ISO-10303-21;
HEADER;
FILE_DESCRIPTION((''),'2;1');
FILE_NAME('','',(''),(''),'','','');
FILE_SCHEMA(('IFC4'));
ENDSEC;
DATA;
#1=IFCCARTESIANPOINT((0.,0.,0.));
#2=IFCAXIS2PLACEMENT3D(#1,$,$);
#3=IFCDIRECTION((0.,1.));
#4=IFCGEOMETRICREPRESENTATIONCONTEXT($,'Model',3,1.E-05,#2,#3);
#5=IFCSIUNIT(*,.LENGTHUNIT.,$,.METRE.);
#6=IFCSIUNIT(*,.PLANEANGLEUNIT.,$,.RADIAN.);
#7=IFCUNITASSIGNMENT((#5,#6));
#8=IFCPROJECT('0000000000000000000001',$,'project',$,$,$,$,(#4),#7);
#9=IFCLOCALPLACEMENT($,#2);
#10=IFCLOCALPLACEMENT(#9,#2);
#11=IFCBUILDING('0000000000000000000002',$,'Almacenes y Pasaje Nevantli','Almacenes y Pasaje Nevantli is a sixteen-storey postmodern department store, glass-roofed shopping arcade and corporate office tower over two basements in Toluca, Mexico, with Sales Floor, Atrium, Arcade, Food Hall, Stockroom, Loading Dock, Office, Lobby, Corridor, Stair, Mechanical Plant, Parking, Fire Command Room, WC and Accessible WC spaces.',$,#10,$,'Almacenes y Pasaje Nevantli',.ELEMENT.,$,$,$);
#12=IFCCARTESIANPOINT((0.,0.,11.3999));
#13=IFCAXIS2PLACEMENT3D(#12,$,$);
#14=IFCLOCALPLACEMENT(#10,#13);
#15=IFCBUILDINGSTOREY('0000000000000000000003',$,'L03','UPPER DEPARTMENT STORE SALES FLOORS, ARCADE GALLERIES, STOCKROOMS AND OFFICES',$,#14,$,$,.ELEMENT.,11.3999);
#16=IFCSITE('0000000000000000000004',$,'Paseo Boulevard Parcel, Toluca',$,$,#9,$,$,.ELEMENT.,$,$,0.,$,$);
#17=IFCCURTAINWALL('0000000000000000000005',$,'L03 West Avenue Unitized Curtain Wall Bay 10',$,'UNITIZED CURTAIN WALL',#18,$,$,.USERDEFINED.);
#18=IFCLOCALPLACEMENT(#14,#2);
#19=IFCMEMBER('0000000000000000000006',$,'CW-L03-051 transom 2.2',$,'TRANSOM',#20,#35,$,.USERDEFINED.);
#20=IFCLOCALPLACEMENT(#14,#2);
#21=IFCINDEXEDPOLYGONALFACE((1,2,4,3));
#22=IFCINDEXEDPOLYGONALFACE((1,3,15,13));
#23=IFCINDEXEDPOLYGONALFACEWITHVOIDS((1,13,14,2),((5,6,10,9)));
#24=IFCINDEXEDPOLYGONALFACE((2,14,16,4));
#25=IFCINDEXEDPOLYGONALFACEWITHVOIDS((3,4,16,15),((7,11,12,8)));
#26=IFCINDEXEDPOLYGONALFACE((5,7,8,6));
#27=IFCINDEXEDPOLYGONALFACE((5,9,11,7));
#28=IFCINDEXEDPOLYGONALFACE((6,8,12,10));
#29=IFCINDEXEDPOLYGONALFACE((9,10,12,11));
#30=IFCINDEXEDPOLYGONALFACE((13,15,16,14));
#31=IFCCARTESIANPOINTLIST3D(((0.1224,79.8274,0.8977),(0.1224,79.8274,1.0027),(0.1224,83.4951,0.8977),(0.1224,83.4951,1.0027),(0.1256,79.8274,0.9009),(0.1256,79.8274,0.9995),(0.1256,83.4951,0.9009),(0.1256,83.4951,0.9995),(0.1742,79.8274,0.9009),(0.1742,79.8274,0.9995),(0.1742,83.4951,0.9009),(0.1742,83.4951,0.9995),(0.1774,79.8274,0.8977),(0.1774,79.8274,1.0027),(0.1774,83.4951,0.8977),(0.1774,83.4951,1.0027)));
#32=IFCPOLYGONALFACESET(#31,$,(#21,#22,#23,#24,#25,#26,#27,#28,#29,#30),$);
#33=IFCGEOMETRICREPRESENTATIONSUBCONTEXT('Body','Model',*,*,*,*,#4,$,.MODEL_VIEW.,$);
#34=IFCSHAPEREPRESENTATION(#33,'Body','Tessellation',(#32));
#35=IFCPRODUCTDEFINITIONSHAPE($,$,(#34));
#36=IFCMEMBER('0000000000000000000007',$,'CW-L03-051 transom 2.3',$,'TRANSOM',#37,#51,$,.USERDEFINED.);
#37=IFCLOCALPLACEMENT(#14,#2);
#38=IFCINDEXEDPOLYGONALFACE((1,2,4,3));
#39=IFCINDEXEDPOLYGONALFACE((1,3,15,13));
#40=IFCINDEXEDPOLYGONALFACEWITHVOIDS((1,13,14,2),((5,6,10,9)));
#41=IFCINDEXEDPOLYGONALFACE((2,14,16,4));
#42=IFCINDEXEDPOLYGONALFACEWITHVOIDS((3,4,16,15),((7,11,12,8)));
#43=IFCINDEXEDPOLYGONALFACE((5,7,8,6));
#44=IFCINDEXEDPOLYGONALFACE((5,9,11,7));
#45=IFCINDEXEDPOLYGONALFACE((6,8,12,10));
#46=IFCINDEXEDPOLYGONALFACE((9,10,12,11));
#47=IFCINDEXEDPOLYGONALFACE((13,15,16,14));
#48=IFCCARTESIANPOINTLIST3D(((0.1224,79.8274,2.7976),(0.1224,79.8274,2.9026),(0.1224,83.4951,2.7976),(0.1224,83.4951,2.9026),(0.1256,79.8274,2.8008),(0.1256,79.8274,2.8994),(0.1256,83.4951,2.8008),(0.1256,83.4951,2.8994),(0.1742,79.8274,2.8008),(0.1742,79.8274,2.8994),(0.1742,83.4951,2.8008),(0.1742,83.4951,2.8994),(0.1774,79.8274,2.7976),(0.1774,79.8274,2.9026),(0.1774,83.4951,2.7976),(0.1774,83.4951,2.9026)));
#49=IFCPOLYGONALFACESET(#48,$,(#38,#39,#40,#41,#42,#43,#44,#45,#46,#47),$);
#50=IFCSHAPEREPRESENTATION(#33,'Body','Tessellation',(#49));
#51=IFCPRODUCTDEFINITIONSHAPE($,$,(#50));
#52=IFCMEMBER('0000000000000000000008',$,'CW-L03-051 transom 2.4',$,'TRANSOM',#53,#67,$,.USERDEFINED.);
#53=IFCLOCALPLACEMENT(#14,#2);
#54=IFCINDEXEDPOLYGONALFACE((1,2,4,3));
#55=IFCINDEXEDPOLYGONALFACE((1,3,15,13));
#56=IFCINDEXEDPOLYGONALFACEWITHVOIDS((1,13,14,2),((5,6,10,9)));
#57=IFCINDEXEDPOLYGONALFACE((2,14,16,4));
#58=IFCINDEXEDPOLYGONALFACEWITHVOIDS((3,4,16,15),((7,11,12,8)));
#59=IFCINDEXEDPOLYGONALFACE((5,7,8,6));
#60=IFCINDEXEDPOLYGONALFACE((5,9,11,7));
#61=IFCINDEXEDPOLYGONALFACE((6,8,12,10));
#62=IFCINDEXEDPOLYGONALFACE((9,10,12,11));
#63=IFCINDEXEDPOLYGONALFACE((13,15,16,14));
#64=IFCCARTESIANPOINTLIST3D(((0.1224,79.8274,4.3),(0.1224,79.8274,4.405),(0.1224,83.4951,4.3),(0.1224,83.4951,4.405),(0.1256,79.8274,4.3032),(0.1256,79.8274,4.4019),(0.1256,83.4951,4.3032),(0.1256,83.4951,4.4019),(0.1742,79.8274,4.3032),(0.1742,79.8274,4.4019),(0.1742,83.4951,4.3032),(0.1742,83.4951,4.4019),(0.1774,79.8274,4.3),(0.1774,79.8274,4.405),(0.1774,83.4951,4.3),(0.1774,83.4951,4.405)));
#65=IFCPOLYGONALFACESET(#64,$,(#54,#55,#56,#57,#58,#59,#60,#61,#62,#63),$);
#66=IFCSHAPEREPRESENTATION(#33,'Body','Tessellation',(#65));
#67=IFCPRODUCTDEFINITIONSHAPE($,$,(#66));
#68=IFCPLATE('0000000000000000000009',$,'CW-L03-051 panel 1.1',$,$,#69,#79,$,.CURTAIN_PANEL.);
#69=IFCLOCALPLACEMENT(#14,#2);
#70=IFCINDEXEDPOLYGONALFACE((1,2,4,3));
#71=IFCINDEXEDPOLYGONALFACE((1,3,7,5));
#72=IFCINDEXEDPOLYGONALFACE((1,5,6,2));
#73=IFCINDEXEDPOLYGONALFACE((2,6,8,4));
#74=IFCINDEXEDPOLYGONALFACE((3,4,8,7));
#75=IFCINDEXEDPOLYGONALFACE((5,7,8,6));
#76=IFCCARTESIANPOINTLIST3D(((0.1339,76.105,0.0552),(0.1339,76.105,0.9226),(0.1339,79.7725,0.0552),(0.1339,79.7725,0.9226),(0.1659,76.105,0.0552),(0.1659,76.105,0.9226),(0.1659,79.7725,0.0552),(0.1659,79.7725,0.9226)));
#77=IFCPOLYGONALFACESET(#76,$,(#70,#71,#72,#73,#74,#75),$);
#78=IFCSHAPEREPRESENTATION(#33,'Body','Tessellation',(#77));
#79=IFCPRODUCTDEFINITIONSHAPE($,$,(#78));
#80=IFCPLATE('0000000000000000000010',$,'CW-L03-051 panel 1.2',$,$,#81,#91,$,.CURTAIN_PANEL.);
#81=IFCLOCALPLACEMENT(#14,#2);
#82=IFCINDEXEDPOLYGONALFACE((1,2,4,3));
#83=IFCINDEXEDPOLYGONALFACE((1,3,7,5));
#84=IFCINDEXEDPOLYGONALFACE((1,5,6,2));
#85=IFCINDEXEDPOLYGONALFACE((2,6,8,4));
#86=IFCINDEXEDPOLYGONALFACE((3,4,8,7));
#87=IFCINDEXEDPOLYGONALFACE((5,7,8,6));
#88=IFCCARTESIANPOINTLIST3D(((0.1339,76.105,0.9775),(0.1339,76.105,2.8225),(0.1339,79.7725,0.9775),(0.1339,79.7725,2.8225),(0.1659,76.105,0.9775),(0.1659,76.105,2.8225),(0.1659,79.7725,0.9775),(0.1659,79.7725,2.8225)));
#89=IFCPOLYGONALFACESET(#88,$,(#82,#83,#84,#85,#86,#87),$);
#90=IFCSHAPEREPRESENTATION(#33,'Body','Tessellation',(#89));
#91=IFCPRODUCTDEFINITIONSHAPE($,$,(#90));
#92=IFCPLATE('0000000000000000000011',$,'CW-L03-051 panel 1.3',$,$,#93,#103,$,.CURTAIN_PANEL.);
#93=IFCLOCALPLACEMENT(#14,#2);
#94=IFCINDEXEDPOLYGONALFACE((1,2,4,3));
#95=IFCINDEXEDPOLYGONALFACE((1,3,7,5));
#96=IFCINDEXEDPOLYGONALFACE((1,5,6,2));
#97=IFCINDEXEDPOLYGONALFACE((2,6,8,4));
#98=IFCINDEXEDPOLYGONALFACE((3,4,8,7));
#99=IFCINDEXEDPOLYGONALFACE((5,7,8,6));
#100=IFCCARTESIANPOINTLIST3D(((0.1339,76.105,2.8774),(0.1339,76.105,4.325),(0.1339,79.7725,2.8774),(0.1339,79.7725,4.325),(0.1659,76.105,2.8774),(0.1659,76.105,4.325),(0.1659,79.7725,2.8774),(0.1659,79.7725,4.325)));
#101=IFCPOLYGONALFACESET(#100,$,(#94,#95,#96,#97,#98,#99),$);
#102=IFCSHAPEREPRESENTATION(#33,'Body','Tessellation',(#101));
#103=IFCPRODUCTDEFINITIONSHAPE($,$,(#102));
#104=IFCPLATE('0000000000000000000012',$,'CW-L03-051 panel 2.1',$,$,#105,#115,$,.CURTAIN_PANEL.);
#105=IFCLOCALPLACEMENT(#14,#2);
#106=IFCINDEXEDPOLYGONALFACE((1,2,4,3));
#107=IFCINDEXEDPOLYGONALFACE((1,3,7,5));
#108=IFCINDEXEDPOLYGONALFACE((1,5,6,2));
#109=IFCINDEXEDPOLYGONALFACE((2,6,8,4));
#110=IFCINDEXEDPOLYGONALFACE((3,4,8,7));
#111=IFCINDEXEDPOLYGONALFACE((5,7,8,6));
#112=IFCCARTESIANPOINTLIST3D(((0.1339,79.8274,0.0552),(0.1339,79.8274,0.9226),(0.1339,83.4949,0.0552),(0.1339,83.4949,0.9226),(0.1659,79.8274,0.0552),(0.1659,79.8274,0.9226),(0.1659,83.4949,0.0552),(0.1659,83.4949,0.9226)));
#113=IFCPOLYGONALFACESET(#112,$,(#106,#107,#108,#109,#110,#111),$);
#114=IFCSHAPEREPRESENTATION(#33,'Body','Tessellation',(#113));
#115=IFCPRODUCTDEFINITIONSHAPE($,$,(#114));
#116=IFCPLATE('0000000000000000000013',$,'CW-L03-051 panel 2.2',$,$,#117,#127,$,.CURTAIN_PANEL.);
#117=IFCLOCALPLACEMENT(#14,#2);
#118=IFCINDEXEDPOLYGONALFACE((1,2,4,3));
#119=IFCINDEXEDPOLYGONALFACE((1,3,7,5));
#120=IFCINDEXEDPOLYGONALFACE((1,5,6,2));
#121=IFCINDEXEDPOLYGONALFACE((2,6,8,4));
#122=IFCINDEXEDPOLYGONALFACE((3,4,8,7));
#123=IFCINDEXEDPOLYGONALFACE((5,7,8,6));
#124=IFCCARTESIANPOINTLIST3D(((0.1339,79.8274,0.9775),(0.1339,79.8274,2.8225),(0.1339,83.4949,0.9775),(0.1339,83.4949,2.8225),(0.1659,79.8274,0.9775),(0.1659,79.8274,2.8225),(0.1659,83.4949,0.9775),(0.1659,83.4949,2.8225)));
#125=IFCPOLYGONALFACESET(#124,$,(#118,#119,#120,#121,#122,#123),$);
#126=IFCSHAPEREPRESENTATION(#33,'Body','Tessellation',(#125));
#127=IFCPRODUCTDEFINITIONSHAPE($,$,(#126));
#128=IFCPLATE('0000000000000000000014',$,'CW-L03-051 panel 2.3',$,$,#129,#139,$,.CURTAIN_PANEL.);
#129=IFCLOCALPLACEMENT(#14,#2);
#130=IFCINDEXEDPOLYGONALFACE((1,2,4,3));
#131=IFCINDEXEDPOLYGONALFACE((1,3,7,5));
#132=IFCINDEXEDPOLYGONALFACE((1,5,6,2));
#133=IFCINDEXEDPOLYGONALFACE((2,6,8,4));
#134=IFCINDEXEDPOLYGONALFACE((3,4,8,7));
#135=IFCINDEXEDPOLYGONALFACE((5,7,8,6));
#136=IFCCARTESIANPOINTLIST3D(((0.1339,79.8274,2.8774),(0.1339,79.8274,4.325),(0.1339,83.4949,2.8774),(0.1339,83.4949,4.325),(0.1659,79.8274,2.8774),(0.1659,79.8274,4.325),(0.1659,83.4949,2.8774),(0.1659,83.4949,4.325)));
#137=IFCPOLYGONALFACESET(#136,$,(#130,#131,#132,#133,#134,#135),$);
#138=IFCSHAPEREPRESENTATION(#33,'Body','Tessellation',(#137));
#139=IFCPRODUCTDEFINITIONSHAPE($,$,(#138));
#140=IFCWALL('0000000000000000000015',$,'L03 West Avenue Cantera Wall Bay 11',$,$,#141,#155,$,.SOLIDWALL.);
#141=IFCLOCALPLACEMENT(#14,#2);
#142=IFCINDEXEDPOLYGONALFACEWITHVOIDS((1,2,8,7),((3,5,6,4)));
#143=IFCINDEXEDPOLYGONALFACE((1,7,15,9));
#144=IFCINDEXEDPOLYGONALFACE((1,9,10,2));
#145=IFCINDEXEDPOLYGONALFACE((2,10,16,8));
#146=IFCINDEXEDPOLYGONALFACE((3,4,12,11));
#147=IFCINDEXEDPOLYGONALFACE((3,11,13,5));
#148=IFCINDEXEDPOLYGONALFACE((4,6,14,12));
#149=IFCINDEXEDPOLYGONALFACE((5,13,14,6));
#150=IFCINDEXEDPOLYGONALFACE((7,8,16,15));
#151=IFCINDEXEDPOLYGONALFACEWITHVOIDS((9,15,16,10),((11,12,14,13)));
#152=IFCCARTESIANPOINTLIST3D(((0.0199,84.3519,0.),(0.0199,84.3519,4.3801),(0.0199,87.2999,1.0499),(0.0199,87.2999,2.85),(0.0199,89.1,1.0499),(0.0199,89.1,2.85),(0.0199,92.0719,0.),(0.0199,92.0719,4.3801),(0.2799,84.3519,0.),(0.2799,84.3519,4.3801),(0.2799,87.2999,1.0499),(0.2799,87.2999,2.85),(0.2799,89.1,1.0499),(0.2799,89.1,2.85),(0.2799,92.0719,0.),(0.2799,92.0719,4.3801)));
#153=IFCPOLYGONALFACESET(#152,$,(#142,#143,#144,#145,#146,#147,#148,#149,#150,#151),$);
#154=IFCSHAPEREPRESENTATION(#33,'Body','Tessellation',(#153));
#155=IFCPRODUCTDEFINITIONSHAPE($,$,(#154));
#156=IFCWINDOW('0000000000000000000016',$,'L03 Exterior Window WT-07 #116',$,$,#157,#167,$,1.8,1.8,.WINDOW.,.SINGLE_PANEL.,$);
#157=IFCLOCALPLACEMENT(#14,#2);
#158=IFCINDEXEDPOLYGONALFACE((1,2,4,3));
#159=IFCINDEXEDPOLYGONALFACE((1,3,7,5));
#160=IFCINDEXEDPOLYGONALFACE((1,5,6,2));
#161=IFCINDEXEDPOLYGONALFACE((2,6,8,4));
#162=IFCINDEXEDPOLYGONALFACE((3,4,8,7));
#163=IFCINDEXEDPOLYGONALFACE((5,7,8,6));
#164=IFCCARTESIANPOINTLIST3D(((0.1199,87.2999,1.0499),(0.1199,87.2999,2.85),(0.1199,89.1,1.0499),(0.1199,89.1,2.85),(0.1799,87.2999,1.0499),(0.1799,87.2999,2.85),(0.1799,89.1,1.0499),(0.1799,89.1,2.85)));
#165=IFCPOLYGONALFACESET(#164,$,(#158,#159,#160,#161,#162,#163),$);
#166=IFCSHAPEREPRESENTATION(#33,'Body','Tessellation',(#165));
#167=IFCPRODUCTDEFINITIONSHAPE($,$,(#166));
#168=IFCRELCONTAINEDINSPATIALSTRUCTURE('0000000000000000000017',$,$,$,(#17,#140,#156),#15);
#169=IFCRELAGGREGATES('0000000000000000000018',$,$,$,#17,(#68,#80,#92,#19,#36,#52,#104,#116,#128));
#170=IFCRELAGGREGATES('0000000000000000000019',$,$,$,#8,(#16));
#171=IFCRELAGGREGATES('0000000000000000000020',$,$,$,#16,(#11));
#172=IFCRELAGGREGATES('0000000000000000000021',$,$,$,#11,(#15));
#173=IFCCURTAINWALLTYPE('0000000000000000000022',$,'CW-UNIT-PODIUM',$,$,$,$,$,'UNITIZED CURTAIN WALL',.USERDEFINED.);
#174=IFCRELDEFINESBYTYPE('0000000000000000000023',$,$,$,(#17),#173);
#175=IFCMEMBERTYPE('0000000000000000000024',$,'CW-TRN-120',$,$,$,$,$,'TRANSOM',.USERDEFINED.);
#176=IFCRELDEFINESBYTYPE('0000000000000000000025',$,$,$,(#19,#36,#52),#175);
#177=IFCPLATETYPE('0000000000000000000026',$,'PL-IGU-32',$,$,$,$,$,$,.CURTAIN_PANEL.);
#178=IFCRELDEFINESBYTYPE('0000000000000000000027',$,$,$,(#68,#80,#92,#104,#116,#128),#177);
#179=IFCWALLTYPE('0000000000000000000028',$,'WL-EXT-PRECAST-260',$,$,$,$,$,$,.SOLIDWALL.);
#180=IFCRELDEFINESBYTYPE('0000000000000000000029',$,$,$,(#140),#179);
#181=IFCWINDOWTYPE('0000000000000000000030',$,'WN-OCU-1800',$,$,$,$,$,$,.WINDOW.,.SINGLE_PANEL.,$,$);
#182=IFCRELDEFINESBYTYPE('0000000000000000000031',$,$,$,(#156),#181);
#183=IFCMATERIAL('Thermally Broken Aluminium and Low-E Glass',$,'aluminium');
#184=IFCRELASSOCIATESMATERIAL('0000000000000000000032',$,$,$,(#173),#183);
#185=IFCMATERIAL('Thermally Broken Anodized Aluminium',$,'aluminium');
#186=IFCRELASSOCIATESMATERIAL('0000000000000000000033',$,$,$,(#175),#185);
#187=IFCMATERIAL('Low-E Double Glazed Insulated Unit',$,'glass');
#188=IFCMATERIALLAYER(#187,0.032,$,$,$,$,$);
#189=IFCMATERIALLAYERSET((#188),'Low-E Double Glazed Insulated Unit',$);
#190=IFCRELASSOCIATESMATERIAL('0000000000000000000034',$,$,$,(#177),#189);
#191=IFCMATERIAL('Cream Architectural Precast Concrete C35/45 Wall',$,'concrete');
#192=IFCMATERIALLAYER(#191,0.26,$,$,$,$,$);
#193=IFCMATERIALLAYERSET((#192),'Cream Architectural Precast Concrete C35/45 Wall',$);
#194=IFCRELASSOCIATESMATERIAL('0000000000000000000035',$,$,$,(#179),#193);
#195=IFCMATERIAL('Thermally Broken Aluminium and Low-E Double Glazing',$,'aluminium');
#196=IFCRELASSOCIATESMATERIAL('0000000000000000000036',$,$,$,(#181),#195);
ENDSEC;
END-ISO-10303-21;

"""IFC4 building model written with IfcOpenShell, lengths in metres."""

from ifc_helpers import new_model, si_unit, direction, frame, frame_2d, origin, origin_2d, place, context, subcontext, project, spatial, rectangle, hollow_rectangle, extrude, material, layer, layer_set, material_profile, profile_set, type_object, element, fill, aggregate, save


model = new_model("IFC4")

# Units and contexts
model_context = context("Model", 3, precision=1e-05, world=origin(), true_north=direction((0.0, 1.0)))
body_context = subcontext(model_context, "Body", "Model", "MODEL_VIEW")
ifc_project = project(units=[si_unit("LENGTHUNIT", "METRE"), si_unit("PLANEANGLEUNIT", "RADIAN")], contexts=[model_context])

# Site, building, storey
site_placement = place(None, origin())
site = spatial("IfcSite", under=ifc_project, at=site_placement, Name="Paseo Boulevard Parcel, Toluca", CompositionType="ELEMENT", RefElevation=0.0)
building_placement = place(site_placement, origin())
building = spatial("IfcBuilding", under=site, at=building_placement, Name="Almacenes y Pasaje Nevantli", Description="Almacenes y Pasaje Nevantli is a sixteen-storey postmodern department store, glass-roofed shopping arcade and corporate office tower over two basements in Toluca, Mexico, with Sales Floor, Atrium, Arcade, Food Hall, Stockroom, Loading Dock, Office, Lobby, Corridor, Stair, Mechanical Plant, Parking, Fire Command Room, WC and Accessible WC spaces.", LongName="Almacenes y Pasaje Nevantli", CompositionType="ELEMENT")
storey_placement = place(building_placement, frame((0.0, 0.0, 11.3999)))
storey = spatial("IfcBuildingStorey", under=building, at=storey_placement, Name="L03", Description="UPPER DEPARTMENT STORE SALES FLOORS, ARCADE GALLERIES, STOCKROOMS AND OFFICES", CompositionType="ELEMENT", Elevation=11.3999)

# Curtain wall, members, plates
ifc_material_1 = material(Name="Thermally Broken Aluminium and Low-E Glass", Category="aluminium")
curtain_wall_type = type_object("IfcCurtainWallType", Name="CW-UNIT-PODIUM", ElementType="UNITIZED CURTAIN WALL", PredefinedType="USERDEFINED", material=ifc_material_1)
curtain_wall_placement = place(storey_placement, origin())
curtain_wall = element("IfcCurtainWall", 1, at=curtain_wall_placement, inside=storey, type_object=curtain_wall_type, Name="L03 West Avenue Unitized Curtain Wall Bay 10", ObjectType="UNITIZED CURTAIN WALL", PredefinedType="USERDEFINED")
ifc_material_2 = material(Name="Thermally Broken Anodized Aluminium", Category="aluminium")
ifc_material_profile_1 = material_profile(ifc_material_2, hollow_rectangle(XDim=0.0549, YDim=0.105, WallThickness=0.0032, at=origin_2d()), Name="ALU-TRN-55x105")
ifc_profile_set_1 = profile_set([ifc_material_profile_1], Name="Thermally Broken Anodized Aluminium")
member_type_1 = type_object("IfcMemberType", Name="CW-TRN-120", ElementType="TRANSOM", PredefinedType="USERDEFINED", material=ifc_profile_set_1)
member_1_placement = place(storey_placement, frame((0.1499, 79.8274, 0.9502), z_axis=(0.0, 1.0, 0.0), x_axis=(-1.0, 0.0, 0.0)))
member_1 = element("IfcMember", 2, at=member_1_placement, type_object=member_type_1, Name="CW-L03-051 transom 2.2", ObjectType="TRANSOM", PredefinedType="USERDEFINED", context=body_context, shape_type="SweptSolid", body=[
    extrude(hollow_rectangle(XDim=0.0549, YDim=0.105, WallThickness=0.0032, at=origin_2d()), origin(), (0.0, 0.0, 1.0), 3.6677),
])
member_2_placement = place(storey_placement, frame((0.1499, 79.8274, 2.8501), z_axis=(0.0, 1.0, 0.0), x_axis=(-1.0, 0.0, 0.0)))
member_2 = element("IfcMember", 3, at=member_2_placement, type_object=member_type_1, Name="CW-L03-051 transom 2.3", ObjectType="TRANSOM", PredefinedType="USERDEFINED", context=body_context, shape_type="SweptSolid", body=[
    extrude(hollow_rectangle(XDim=0.0549, YDim=0.105, WallThickness=0.0032, at=origin_2d()), origin(), (0.0, 0.0, 1.0), 3.6677),
])
member_3_placement = place(storey_placement, frame((0.1499, 79.8274, 4.3525), z_axis=(0.0, 1.0, 0.0), x_axis=(-1.0, 0.0, 0.0)))
member_3 = element("IfcMember", 4, at=member_3_placement, type_object=member_type_1, Name="CW-L03-051 transom 2.4", ObjectType="TRANSOM", PredefinedType="USERDEFINED", context=body_context, shape_type="SweptSolid", body=[
    extrude(hollow_rectangle(XDim=0.0549, YDim=0.105, WallThickness=0.0032, at=origin_2d()), origin(), (0.0, 0.0, 1.0), 3.6677),
])
ifc_material_3 = material(Name="Low-E Double Glazed Insulated Unit", Category="glass")
ifc_layer_1 = layer(ifc_material_3, 0.032)
ifc_layer_set_1 = layer_set([ifc_layer_1], Name="Low-E Double Glazed Insulated Unit")
plate_type = type_object("IfcPlateType", Name="PL-IGU-32", PredefinedType="CURTAIN_PANEL", material=ifc_layer_set_1)
plate_1_placement = place(storey_placement, frame((0.1499, 77.9387, 0.0552), z_axis=(0.0, 0.0, 1.0), x_axis=(0.0, 1.0, 0.0)))
plate_1 = element("IfcPlate", 5, at=plate_1_placement, type_object=plate_type, Name="CW-L03-051 panel 1.1", PredefinedType="CURTAIN_PANEL", context=body_context, shape_type="SweptSolid", body=[
    extrude(rectangle(XDim=3.6675, YDim=0.032, at=origin_2d()), origin(), (0.0, 0.0, 1.0), 0.8674),
])
plate_2_placement = place(storey_placement, frame((0.1499, 77.9387, 0.9775), z_axis=(0.0, 0.0, 1.0), x_axis=(0.0, 1.0, 0.0)))
plate_2 = element("IfcPlate", 6, at=plate_2_placement, type_object=plate_type, Name="CW-L03-051 panel 1.2", PredefinedType="CURTAIN_PANEL", context=body_context, shape_type="SweptSolid", body=[
    extrude(rectangle(XDim=3.6675, YDim=0.032, at=origin_2d()), origin(), (0.0, 0.0, 1.0), 1.845),
])
plate_3_placement = place(storey_placement, frame((0.1499, 77.9387, 2.8774), z_axis=(0.0, 0.0, 1.0), x_axis=(0.0, 1.0, 0.0)))
plate_3 = element("IfcPlate", 7, at=plate_3_placement, type_object=plate_type, Name="CW-L03-051 panel 1.3", PredefinedType="CURTAIN_PANEL", context=body_context, shape_type="SweptSolid", body=[
    extrude(rectangle(XDim=3.6675, YDim=0.032, at=origin_2d()), origin(), (0.0, 0.0, 1.0), 1.4475),
])
plate_4_placement = place(storey_placement, frame((0.1499, 81.6611, 0.0552), z_axis=(0.0, 0.0, 1.0), x_axis=(0.0, 1.0, 0.0)))
plate_4 = element("IfcPlate", 8, at=plate_4_placement, type_object=plate_type, Name="CW-L03-051 panel 2.1", PredefinedType="CURTAIN_PANEL", context=body_context, shape_type="SweptSolid", body=[
    extrude(rectangle(XDim=3.6675, YDim=0.032, at=origin_2d()), origin(), (0.0, 0.0, 1.0), 0.8674),
])
plate_5_placement = place(storey_placement, frame((0.1499, 81.6611, 0.9775), z_axis=(0.0, 0.0, 1.0), x_axis=(0.0, 1.0, 0.0)))
plate_5 = element("IfcPlate", 9, at=plate_5_placement, type_object=plate_type, Name="CW-L03-051 panel 2.2", PredefinedType="CURTAIN_PANEL", context=body_context, shape_type="SweptSolid", body=[
    extrude(rectangle(XDim=3.6675, YDim=0.032, at=origin_2d()), origin(), (0.0, 0.0, 1.0), 1.845),
])
plate_6_placement = place(storey_placement, frame((0.1499, 81.6611, 2.8774), z_axis=(0.0, 0.0, 1.0), x_axis=(0.0, 1.0, 0.0)))
plate_6 = element("IfcPlate", 10, at=plate_6_placement, type_object=plate_type, Name="CW-L03-051 panel 2.3", PredefinedType="CURTAIN_PANEL", context=body_context, shape_type="SweptSolid", body=[
    extrude(rectangle(XDim=3.6675, YDim=0.032, at=origin_2d()), origin(), (0.0, 0.0, 1.0), 1.4475),
])
aggregate(curtain_wall, [plate_1, plate_2, plate_3, member_1, member_2, member_3, plate_4, plate_5, plate_6])

# Wall, opening, window
ifc_material_4 = material(Name="Cream Architectural Precast Concrete C35/45 Wall", Category="concrete")
ifc_layer_2 = layer(ifc_material_4, 0.26)
ifc_layer_set_2 = layer_set([ifc_layer_2], Name="Cream Architectural Precast Concrete C35/45 Wall")
wall_type = type_object("IfcWallType", Name="WL-EXT-PRECAST-260", PredefinedType="SOLIDWALL", material=ifc_layer_set_2)
wall_placement = place(storey_placement, frame((0.1499, 84.3521, 0.0), z_axis=(0.0, 0.0, 1.0), x_axis=(0.0, 1.0, 0.0)))
wall = element("IfcWall", 11, at=wall_placement, inside=storey, type_object=wall_type, Name="L03 West Avenue Cantera Wall Bay 11", PredefinedType="SOLIDWALL", context=body_context, shape_type="SweptSolid", body=[
    extrude(rectangle(XDim=7.72, YDim=0.26, at=frame_2d((3.8599, 0.0))), origin(), (0.0, 0.0, 1.0), 4.3801),
])
opening_placement = place(wall_placement, frame((2.948, 0.0, 1.05)))
opening = element("IfcOpeningElement", 12, at=opening_placement, cuts=wall, PredefinedType="OPENING", context=body_context, shape_type="SweptSolid", body=[
    extrude(rectangle(XDim=1.8, YDim=1.8, at=frame_2d((0.8999, 0.8999))), frame((0.0, 0.1399, 0.0), z_axis=(0.0, -1.0, 0.0), x_axis=(1.0, 0.0, 0.0)), (0.0, 0.0, 1.0), 0.28),
])
ifc_material_5 = material(Name="Thermally Broken Aluminium and Low-E Double Glazing", Category="aluminium")
window_type = type_object("IfcWindowType", Name="WN-OCU-1800", PartitioningType="SINGLE_PANEL", PredefinedType="WINDOW", material=ifc_material_5)
window_placement = place(opening_placement, origin())
window = element("IfcWindow", 13, at=window_placement, inside=storey, type_object=window_type, Name="L03 Exterior Window WT-07 #116", OverallHeight=1.8, OverallWidth=1.8, PartitioningType="SINGLE_PANEL", PredefinedType="WINDOW", context=body_context, shape_type="SweptSolid", body=[
    extrude(rectangle(XDim=1.8, YDim=1.8, at=frame_2d((0.8999, 0.8999))), frame((0.0, 0.03, 0.0), z_axis=(0.0, -1.0, 0.0), x_axis=(1.0, 0.0, 0.0)), (0.0, 0.0, 1.0), 0.0601),
])
fill(opening, window)

save(model, "model.ifc")
